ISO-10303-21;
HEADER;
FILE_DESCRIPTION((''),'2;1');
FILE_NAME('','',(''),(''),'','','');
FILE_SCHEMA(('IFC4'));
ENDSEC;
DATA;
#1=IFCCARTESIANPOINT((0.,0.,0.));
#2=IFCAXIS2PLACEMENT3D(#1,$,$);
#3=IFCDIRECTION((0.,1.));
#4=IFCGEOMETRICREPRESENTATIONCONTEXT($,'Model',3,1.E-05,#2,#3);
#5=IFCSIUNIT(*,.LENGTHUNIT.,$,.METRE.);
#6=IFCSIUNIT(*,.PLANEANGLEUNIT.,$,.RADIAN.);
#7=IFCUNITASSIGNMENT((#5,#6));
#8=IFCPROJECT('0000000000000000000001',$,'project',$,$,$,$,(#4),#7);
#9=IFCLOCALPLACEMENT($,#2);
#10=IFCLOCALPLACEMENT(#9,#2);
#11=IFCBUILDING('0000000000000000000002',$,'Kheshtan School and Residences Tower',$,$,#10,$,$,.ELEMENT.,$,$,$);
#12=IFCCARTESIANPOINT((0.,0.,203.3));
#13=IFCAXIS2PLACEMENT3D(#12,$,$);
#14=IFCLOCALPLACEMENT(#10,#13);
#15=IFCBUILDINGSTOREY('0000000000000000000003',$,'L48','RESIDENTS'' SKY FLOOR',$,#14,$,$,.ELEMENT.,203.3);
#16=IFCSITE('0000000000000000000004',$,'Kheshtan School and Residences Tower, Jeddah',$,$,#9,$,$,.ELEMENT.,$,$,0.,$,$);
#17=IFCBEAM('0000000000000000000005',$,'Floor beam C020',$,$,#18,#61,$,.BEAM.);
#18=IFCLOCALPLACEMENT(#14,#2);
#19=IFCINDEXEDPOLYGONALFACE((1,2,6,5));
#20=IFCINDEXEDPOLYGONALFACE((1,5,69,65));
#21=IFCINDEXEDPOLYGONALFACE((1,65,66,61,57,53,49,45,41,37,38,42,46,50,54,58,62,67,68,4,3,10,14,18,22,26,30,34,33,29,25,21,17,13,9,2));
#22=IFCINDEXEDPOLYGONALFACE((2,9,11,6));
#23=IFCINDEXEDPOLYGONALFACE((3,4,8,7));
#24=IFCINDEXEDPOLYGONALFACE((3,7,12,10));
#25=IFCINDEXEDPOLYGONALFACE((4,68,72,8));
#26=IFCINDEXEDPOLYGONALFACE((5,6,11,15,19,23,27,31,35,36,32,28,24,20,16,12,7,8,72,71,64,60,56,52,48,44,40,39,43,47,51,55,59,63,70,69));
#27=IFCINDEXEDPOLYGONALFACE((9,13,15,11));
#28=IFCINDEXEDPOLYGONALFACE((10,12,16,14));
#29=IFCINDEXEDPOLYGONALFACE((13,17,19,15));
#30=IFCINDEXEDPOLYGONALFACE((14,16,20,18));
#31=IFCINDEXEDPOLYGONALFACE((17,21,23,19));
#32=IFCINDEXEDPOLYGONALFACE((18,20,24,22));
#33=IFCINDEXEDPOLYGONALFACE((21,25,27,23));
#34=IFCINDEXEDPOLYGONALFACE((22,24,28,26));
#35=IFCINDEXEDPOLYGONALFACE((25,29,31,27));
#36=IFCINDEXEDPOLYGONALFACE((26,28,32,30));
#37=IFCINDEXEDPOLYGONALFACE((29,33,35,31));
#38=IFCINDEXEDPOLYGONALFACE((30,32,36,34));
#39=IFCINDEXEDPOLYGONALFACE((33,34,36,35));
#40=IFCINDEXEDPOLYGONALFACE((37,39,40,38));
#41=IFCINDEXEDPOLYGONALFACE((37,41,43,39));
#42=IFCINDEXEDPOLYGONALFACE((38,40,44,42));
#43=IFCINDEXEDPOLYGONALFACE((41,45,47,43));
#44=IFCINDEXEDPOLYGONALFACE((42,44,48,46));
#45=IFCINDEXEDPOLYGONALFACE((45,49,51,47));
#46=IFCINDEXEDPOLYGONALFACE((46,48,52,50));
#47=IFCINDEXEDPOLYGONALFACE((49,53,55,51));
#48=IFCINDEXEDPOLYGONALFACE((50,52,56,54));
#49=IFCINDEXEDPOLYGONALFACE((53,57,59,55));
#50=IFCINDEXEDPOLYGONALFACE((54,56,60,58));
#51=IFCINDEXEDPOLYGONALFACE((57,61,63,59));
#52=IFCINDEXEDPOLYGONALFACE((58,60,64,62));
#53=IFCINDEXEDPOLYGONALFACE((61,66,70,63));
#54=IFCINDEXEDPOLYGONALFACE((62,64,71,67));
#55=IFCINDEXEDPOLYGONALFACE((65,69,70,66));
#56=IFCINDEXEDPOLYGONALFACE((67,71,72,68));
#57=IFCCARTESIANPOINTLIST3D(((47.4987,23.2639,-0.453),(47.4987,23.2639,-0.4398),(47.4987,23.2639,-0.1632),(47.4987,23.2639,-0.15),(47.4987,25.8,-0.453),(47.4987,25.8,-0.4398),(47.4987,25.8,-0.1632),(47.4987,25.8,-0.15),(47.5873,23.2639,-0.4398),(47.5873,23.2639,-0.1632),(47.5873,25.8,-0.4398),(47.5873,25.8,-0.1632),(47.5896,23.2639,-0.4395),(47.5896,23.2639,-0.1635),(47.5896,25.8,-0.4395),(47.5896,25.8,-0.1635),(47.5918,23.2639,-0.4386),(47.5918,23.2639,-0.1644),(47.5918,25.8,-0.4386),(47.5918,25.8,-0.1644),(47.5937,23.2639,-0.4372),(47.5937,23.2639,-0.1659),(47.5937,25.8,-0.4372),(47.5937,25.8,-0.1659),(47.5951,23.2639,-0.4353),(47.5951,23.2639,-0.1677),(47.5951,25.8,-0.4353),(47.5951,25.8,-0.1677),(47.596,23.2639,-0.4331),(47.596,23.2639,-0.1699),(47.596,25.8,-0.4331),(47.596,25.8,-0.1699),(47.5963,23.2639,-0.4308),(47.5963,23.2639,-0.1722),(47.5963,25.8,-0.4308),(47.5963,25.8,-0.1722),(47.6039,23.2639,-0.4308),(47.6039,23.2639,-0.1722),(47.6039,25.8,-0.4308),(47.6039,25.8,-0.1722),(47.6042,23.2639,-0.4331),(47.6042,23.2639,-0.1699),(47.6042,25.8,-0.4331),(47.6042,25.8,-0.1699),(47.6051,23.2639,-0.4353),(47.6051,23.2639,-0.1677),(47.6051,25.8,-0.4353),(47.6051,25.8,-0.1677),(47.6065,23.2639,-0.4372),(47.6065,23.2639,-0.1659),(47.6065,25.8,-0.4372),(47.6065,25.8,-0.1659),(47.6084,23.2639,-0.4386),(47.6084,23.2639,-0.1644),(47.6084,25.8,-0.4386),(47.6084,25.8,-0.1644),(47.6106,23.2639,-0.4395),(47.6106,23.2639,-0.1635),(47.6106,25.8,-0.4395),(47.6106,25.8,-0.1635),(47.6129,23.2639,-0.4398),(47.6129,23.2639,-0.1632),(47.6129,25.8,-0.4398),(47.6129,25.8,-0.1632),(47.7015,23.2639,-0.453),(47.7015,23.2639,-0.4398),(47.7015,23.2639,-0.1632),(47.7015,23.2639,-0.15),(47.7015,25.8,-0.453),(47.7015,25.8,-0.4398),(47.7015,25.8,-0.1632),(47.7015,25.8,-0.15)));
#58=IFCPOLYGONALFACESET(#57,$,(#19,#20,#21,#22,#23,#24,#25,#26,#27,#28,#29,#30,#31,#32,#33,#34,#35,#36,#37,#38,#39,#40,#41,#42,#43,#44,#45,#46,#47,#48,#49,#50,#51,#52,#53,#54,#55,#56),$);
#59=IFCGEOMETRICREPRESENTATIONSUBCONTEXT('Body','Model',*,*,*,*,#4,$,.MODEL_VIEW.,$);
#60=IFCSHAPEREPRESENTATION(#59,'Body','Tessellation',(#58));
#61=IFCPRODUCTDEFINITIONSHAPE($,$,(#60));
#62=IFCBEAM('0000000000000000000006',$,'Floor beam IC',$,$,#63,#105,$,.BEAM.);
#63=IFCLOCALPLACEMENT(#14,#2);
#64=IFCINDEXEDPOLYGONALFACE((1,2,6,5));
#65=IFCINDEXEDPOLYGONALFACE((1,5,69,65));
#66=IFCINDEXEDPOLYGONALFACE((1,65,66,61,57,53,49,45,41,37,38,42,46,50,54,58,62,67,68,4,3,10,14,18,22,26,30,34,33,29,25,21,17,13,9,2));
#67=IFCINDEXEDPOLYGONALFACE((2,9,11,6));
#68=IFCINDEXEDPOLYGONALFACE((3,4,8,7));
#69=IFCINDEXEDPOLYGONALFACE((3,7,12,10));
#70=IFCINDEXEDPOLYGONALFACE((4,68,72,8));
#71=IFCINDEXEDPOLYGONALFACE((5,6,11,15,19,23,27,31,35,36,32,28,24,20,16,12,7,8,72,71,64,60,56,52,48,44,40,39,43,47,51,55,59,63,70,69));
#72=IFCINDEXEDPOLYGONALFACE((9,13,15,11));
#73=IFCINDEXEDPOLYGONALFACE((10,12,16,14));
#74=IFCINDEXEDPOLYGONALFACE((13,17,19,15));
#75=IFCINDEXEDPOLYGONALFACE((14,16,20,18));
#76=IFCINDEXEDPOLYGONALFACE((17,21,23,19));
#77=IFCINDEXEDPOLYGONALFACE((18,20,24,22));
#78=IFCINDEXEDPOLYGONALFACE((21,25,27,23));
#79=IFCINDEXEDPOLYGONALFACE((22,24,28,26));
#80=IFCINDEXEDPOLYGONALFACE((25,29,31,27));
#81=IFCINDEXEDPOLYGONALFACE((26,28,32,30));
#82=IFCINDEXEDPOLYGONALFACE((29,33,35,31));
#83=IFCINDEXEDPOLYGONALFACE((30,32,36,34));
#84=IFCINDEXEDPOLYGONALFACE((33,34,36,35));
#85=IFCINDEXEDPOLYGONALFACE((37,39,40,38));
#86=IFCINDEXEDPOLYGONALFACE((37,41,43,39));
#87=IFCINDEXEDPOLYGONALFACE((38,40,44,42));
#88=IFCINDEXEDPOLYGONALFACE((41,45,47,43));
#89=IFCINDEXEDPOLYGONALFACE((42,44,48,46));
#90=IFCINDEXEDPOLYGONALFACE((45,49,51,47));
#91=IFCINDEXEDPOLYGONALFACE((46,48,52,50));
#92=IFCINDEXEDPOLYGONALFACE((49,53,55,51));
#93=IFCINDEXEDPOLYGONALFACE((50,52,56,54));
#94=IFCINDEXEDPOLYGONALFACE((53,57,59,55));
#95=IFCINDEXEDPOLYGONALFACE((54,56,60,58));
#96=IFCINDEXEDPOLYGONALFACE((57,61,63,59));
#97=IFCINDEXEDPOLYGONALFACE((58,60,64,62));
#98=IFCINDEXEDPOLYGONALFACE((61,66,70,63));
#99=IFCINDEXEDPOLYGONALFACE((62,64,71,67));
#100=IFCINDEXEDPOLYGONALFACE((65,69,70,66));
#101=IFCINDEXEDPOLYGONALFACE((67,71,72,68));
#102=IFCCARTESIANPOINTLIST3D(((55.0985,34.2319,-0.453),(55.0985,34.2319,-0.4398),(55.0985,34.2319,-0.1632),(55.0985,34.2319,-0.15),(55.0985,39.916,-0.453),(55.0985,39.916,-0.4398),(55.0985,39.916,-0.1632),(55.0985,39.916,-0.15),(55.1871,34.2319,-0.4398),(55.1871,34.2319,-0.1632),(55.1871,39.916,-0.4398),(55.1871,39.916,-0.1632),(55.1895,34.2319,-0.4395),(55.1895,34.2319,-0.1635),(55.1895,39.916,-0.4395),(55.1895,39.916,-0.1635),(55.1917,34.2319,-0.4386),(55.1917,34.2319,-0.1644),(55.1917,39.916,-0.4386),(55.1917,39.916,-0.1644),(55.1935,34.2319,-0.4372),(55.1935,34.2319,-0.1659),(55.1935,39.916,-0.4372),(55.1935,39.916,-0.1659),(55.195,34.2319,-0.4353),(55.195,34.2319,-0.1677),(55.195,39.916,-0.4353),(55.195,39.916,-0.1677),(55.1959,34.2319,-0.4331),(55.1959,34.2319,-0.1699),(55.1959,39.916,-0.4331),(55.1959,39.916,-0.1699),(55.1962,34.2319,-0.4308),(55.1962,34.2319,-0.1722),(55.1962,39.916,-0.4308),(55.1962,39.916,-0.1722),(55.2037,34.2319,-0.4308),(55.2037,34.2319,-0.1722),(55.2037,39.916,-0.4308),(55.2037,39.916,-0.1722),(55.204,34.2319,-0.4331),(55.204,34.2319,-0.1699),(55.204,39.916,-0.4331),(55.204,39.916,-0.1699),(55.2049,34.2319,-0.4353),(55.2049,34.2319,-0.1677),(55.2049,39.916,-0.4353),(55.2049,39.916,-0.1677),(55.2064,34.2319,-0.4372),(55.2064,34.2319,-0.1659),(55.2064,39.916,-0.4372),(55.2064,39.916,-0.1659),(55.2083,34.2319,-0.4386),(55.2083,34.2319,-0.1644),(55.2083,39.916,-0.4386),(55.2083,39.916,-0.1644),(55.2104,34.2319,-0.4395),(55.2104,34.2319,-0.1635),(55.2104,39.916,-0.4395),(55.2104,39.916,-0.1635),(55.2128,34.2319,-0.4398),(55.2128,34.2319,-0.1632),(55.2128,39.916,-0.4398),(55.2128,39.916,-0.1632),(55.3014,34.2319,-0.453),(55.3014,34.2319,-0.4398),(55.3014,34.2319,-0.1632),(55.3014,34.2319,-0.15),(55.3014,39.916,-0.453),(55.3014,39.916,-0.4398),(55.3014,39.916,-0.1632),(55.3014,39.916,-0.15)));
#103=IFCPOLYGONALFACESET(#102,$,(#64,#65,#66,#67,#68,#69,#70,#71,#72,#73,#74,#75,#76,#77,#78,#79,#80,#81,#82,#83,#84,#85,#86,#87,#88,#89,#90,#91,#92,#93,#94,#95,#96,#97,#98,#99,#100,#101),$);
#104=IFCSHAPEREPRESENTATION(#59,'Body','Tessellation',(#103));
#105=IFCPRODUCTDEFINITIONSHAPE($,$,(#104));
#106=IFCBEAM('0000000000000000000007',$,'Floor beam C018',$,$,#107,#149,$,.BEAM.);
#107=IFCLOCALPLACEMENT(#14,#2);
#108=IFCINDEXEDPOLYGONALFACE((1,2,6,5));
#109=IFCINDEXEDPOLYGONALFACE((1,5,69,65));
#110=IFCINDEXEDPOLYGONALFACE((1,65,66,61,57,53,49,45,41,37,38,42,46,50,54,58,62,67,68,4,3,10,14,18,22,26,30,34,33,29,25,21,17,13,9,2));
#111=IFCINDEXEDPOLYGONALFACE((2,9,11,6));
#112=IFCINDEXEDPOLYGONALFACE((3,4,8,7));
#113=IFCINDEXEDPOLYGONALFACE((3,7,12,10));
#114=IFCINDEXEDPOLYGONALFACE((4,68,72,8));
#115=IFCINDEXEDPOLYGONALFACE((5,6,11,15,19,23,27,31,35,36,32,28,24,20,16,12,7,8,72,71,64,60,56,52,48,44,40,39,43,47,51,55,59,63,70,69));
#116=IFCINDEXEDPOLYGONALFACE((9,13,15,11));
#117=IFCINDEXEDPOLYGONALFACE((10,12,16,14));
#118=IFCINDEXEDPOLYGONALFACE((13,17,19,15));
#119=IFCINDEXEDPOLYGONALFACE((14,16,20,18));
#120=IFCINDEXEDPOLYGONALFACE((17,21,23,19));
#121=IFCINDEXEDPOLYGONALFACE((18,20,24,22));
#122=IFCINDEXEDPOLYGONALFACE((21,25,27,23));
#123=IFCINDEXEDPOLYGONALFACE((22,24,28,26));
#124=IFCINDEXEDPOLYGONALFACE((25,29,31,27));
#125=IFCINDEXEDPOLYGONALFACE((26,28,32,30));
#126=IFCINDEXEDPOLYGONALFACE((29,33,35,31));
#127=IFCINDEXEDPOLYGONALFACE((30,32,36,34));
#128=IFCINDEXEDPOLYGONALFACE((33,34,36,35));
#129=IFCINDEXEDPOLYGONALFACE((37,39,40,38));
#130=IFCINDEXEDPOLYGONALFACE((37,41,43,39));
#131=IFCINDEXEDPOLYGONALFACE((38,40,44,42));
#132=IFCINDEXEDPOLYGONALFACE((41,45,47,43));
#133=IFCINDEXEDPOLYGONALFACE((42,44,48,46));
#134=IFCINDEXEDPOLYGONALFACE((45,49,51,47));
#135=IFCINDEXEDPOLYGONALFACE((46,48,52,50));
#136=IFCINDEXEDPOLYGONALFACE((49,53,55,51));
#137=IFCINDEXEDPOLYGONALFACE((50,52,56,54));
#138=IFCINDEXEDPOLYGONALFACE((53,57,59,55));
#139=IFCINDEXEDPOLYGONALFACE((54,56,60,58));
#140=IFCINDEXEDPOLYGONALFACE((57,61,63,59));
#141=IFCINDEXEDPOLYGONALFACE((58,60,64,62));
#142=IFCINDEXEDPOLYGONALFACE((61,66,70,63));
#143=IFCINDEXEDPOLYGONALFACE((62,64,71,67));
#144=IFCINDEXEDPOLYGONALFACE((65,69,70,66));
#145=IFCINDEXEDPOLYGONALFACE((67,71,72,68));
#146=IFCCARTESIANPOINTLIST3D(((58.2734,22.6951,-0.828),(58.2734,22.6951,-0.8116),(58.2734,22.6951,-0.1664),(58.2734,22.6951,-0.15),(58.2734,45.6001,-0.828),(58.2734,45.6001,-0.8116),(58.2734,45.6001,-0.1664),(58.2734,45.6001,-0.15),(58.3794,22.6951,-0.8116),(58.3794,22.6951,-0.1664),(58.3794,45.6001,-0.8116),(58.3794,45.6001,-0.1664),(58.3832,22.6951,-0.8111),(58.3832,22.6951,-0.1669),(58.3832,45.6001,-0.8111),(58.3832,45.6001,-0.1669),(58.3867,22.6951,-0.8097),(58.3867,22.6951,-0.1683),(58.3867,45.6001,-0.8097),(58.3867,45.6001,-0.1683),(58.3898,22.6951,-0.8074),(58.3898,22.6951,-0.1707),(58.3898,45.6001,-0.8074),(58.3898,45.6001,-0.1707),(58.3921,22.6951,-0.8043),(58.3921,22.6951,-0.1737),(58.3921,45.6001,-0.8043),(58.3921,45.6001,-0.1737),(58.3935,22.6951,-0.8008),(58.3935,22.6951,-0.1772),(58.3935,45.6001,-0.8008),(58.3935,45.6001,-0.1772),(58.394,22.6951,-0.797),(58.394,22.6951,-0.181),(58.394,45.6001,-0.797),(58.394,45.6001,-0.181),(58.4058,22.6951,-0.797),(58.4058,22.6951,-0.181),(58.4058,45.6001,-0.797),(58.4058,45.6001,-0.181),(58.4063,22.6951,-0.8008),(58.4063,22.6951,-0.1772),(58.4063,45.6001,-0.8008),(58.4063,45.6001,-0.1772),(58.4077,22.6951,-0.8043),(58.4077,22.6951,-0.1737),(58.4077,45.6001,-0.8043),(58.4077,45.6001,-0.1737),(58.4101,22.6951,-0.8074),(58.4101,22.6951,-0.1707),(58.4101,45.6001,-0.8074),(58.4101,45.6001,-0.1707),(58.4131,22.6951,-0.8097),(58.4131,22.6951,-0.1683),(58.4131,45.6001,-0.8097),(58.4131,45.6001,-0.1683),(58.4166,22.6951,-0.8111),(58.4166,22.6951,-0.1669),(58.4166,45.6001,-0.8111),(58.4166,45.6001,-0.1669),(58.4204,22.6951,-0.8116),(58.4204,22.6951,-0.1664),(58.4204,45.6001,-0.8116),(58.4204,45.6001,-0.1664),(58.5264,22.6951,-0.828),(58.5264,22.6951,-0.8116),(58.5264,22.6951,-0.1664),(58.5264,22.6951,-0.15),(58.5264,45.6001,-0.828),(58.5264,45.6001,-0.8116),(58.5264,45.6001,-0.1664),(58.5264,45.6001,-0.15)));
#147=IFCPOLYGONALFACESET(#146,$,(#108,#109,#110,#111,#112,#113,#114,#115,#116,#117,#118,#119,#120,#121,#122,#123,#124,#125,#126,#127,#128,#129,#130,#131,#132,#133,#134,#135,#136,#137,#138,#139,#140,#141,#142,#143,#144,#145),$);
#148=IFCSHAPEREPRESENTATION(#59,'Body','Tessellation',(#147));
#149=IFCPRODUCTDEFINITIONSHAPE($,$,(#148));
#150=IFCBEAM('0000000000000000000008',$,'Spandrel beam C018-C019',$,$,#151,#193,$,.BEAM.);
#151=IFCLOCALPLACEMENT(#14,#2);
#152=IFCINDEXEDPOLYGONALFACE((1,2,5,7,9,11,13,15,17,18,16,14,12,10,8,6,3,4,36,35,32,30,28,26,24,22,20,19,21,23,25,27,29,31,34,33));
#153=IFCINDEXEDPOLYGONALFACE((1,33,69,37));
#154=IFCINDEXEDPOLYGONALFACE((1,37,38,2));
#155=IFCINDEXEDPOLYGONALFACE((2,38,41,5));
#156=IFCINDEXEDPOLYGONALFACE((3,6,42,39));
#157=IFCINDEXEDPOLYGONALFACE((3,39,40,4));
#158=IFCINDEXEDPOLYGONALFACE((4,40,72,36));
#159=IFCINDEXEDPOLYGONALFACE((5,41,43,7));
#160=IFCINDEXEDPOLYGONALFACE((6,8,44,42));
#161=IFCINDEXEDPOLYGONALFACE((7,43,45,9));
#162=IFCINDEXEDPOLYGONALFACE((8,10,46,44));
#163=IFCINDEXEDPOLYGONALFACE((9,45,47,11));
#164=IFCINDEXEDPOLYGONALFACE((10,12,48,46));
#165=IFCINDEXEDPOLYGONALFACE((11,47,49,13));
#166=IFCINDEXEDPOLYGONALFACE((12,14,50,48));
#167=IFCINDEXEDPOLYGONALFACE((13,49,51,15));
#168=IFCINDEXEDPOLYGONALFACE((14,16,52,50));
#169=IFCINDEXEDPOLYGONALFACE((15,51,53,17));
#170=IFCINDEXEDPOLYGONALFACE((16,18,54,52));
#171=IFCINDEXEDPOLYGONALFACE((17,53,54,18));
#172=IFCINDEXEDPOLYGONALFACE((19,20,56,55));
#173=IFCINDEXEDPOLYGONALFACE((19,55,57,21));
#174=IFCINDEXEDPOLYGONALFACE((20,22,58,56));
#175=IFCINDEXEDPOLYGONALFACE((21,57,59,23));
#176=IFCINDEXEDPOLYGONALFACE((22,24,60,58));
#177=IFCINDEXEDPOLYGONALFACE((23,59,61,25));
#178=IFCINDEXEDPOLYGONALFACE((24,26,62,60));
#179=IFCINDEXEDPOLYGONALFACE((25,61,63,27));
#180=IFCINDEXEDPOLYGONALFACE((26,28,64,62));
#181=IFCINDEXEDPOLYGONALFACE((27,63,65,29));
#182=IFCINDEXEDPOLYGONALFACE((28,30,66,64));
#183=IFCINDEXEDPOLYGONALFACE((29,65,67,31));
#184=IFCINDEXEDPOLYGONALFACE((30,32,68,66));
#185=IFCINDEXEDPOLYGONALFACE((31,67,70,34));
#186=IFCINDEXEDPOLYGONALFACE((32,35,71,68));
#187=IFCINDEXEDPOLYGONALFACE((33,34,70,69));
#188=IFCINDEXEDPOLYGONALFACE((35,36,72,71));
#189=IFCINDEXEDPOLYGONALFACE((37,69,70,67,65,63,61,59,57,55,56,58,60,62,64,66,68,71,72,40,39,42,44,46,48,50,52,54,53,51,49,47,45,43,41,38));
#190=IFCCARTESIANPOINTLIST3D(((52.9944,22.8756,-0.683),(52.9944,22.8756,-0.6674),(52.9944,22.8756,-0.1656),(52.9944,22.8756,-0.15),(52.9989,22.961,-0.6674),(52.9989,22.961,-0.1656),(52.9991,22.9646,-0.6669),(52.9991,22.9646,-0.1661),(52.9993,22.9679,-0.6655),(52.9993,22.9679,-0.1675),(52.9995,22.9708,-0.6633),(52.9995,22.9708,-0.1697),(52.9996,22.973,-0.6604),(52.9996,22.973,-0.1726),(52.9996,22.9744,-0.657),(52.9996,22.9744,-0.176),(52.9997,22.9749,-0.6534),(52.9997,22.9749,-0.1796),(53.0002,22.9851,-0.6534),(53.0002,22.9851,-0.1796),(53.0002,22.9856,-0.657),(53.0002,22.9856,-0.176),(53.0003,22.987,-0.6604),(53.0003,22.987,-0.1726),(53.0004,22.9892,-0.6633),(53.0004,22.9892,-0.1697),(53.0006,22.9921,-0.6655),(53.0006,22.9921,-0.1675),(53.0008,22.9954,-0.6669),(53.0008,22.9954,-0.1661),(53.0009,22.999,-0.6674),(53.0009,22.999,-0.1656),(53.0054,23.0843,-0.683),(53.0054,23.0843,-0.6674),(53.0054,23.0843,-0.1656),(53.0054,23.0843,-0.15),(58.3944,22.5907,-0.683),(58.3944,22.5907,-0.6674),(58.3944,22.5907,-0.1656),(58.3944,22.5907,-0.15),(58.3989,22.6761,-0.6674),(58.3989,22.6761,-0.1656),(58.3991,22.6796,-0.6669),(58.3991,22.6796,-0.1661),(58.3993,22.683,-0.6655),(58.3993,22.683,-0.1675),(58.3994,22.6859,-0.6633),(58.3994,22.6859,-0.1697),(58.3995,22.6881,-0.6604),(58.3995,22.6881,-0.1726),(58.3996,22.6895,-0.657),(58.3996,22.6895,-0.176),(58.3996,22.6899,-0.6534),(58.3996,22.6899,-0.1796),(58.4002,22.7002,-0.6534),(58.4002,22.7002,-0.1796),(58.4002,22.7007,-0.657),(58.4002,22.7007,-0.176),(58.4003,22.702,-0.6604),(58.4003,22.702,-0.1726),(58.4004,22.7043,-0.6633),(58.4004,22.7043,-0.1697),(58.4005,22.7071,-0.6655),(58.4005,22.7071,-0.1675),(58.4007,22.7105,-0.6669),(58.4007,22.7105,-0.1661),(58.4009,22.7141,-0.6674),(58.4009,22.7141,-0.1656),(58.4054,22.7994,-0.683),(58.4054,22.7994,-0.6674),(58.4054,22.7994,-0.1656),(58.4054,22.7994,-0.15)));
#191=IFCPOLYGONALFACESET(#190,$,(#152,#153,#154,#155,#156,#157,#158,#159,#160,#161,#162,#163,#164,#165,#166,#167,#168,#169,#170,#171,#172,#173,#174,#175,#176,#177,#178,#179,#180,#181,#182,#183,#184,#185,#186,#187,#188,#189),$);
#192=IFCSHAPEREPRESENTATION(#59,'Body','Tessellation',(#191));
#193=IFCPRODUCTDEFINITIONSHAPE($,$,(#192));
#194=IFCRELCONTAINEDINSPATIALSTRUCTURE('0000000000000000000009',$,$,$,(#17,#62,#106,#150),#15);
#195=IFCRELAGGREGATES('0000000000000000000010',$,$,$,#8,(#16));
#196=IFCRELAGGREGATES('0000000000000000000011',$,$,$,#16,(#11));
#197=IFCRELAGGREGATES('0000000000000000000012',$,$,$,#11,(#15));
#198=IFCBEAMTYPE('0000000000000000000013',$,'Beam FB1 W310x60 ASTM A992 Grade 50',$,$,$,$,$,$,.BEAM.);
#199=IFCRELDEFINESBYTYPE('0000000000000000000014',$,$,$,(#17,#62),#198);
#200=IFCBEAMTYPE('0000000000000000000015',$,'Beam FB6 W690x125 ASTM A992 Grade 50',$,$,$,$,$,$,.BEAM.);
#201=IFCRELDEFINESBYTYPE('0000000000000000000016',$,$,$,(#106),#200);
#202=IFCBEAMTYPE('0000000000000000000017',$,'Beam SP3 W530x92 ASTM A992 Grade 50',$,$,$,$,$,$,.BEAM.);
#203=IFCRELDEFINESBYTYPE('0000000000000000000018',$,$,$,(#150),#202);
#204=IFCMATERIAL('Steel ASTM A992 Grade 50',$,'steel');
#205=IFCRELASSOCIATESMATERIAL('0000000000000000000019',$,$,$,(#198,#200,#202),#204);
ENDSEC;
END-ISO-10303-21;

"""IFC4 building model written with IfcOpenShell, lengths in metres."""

from ifc_helpers import new_model, si_unit, direction, frame, origin, origin_2d, place, context, subcontext, project, spatial, i_section, extrude, material, material_profile, profile_set, type_object, element, save


model = new_model("IFC4")

# Units and contexts
model_context = context("Model", 3, precision=1e-05, world=origin(), true_north=direction((0.0, 1.0)))
body_context = subcontext(model_context, "Body", "Model", "MODEL_VIEW")
ifc_project = project(units=[si_unit("LENGTHUNIT", "METRE"), si_unit("PLANEANGLEUNIT", "RADIAN")], contexts=[model_context])

# Site, building, storey
site_placement = place(None, origin())
site = spatial("IfcSite", under=ifc_project, at=site_placement, Name="Kheshtan School and Residences Tower, Jeddah", CompositionType="ELEMENT", RefElevation=0.0)
building_placement = place(site_placement, origin())
building = spatial("IfcBuilding", under=site, at=building_placement, Name="Kheshtan School and Residences Tower", CompositionType="ELEMENT")
storey_placement = place(building_placement, frame((0.0, 0.0, 203.3)))
storey = spatial("IfcBuildingStorey", under=building, at=storey_placement, Name="L48", Description="RESIDENTS' SKY FLOOR", CompositionType="ELEMENT", Elevation=203.3)

# Shared definitions
ifc_material_1 = material(Name="Steel ASTM A992 Grade 50", Category="steel")

# Beams
ifc_material_profile_1 = material_profile(ifc_material_1, i_section(OverallWidth=0.2029, OverallDepth=0.303, WebThickness=0.0076, FlangeThickness=0.0132, FilletRadius=0.009, at=origin_2d()), Name="W310x60")
ifc_profile_set_1 = profile_set([ifc_material_profile_1], Name="Steel ASTM A992 Grade 50")
beam_type_1 = type_object("IfcBeamType", Name="Beam FB1 W310x60 ASTM A992 Grade 50", PredefinedType="BEAM", material=ifc_profile_set_1)
beam_1_placement = place(storey_placement, frame((47.6001, 23.2639, -0.3015), z_axis=(0.0, 1.0, 0.0), x_axis=(-1.0, 0.0, 0.0)))
element("IfcBeam", 1, at=beam_1_placement, inside=storey, type_object=beam_type_1, Name="Floor beam C020", PredefinedType="BEAM", context=body_context, shape_type="SweptSolid", body=[
    extrude(i_section(OverallWidth=0.2029, OverallDepth=0.303, WebThickness=0.0076, FlangeThickness=0.0132, FilletRadius=0.009, at=origin_2d()), origin(), (0.0, 0.0, 1.0), 2.5361),
])
beam_2_placement = place(storey_placement, frame((55.2, 34.2319, -0.3015), z_axis=(0.0, 1.0, 0.0), x_axis=(-1.0, 0.0, 0.0)))
element("IfcBeam", 2, at=beam_2_placement, inside=storey, type_object=beam_type_1, Name="Floor beam IC", PredefinedType="BEAM", context=body_context, shape_type="SweptSolid", body=[
    extrude(i_section(OverallWidth=0.2029, OverallDepth=0.303, WebThickness=0.0076, FlangeThickness=0.0132, FilletRadius=0.009, at=origin_2d()), origin(), (0.0, 0.0, 1.0), 5.6841),
])
ifc_material_profile_2 = material_profile(ifc_material_1, i_section(OverallWidth=0.2529, OverallDepth=0.678, WebThickness=0.0117, FlangeThickness=0.0164, FilletRadius=0.0146, at=origin_2d()), Name="W690x125")
ifc_profile_set_2 = profile_set([ifc_material_profile_2], Name="Steel ASTM A992 Grade 50")
beam_type_2 = type_object("IfcBeamType", Name="Beam FB6 W690x125 ASTM A992 Grade 50", PredefinedType="BEAM", material=ifc_profile_set_2)
beam_3_placement = place(storey_placement, frame((58.3999, 22.6951, -0.489), z_axis=(0.0, 1.0, 0.0), x_axis=(-1.0, 0.0, 0.0)))
element("IfcBeam", 3, at=beam_3_placement, inside=storey, type_object=beam_type_2, Name="Floor beam C018", PredefinedType="BEAM", context=body_context, shape_type="SweptSolid", body=[
    extrude(i_section(OverallWidth=0.2529, OverallDepth=0.678, WebThickness=0.0117, FlangeThickness=0.0164, FilletRadius=0.0146, at=origin_2d()), origin(), (0.0, 0.0, 1.0), 22.905),
])
ifc_material_profile_3 = material_profile(ifc_material_1, i_section(OverallWidth=0.209, OverallDepth=0.533, WebThickness=0.0103, FlangeThickness=0.0156, FilletRadius=0.0139, at=origin_2d()), Name="W530x92")
ifc_profile_set_3 = profile_set([ifc_material_profile_3], Name="Steel ASTM A992 Grade 50")
beam_type_3 = type_object("IfcBeamType", Name="Beam SP3 W530x92 ASTM A992 Grade 50", PredefinedType="BEAM", material=ifc_profile_set_3)
for number, where, z_axis, x_axis, name in (
    (4, (58.3999, 22.6951, -0.4165), (-0.998611, 0.052689, 0.0), (-0.052689, -0.998611, 0.0), "Spandrel beam C018-C019"),
):
    element("IfcBeam", number, at=place(storey_placement, frame(where, z_axis=z_axis, x_axis=x_axis)), inside=storey, type_object=beam_type_3, Name=name, PredefinedType="BEAM", context=body_context, shape_type="SweptSolid", body=[
        extrude(i_section(OverallWidth=0.209, OverallDepth=0.533, WebThickness=0.0103, FlangeThickness=0.0156, FilletRadius=0.0139, at=origin_2d()), origin(), (0.0, 0.0, 1.0), 5.4075),
    ])

save(model, "model.ifc")
